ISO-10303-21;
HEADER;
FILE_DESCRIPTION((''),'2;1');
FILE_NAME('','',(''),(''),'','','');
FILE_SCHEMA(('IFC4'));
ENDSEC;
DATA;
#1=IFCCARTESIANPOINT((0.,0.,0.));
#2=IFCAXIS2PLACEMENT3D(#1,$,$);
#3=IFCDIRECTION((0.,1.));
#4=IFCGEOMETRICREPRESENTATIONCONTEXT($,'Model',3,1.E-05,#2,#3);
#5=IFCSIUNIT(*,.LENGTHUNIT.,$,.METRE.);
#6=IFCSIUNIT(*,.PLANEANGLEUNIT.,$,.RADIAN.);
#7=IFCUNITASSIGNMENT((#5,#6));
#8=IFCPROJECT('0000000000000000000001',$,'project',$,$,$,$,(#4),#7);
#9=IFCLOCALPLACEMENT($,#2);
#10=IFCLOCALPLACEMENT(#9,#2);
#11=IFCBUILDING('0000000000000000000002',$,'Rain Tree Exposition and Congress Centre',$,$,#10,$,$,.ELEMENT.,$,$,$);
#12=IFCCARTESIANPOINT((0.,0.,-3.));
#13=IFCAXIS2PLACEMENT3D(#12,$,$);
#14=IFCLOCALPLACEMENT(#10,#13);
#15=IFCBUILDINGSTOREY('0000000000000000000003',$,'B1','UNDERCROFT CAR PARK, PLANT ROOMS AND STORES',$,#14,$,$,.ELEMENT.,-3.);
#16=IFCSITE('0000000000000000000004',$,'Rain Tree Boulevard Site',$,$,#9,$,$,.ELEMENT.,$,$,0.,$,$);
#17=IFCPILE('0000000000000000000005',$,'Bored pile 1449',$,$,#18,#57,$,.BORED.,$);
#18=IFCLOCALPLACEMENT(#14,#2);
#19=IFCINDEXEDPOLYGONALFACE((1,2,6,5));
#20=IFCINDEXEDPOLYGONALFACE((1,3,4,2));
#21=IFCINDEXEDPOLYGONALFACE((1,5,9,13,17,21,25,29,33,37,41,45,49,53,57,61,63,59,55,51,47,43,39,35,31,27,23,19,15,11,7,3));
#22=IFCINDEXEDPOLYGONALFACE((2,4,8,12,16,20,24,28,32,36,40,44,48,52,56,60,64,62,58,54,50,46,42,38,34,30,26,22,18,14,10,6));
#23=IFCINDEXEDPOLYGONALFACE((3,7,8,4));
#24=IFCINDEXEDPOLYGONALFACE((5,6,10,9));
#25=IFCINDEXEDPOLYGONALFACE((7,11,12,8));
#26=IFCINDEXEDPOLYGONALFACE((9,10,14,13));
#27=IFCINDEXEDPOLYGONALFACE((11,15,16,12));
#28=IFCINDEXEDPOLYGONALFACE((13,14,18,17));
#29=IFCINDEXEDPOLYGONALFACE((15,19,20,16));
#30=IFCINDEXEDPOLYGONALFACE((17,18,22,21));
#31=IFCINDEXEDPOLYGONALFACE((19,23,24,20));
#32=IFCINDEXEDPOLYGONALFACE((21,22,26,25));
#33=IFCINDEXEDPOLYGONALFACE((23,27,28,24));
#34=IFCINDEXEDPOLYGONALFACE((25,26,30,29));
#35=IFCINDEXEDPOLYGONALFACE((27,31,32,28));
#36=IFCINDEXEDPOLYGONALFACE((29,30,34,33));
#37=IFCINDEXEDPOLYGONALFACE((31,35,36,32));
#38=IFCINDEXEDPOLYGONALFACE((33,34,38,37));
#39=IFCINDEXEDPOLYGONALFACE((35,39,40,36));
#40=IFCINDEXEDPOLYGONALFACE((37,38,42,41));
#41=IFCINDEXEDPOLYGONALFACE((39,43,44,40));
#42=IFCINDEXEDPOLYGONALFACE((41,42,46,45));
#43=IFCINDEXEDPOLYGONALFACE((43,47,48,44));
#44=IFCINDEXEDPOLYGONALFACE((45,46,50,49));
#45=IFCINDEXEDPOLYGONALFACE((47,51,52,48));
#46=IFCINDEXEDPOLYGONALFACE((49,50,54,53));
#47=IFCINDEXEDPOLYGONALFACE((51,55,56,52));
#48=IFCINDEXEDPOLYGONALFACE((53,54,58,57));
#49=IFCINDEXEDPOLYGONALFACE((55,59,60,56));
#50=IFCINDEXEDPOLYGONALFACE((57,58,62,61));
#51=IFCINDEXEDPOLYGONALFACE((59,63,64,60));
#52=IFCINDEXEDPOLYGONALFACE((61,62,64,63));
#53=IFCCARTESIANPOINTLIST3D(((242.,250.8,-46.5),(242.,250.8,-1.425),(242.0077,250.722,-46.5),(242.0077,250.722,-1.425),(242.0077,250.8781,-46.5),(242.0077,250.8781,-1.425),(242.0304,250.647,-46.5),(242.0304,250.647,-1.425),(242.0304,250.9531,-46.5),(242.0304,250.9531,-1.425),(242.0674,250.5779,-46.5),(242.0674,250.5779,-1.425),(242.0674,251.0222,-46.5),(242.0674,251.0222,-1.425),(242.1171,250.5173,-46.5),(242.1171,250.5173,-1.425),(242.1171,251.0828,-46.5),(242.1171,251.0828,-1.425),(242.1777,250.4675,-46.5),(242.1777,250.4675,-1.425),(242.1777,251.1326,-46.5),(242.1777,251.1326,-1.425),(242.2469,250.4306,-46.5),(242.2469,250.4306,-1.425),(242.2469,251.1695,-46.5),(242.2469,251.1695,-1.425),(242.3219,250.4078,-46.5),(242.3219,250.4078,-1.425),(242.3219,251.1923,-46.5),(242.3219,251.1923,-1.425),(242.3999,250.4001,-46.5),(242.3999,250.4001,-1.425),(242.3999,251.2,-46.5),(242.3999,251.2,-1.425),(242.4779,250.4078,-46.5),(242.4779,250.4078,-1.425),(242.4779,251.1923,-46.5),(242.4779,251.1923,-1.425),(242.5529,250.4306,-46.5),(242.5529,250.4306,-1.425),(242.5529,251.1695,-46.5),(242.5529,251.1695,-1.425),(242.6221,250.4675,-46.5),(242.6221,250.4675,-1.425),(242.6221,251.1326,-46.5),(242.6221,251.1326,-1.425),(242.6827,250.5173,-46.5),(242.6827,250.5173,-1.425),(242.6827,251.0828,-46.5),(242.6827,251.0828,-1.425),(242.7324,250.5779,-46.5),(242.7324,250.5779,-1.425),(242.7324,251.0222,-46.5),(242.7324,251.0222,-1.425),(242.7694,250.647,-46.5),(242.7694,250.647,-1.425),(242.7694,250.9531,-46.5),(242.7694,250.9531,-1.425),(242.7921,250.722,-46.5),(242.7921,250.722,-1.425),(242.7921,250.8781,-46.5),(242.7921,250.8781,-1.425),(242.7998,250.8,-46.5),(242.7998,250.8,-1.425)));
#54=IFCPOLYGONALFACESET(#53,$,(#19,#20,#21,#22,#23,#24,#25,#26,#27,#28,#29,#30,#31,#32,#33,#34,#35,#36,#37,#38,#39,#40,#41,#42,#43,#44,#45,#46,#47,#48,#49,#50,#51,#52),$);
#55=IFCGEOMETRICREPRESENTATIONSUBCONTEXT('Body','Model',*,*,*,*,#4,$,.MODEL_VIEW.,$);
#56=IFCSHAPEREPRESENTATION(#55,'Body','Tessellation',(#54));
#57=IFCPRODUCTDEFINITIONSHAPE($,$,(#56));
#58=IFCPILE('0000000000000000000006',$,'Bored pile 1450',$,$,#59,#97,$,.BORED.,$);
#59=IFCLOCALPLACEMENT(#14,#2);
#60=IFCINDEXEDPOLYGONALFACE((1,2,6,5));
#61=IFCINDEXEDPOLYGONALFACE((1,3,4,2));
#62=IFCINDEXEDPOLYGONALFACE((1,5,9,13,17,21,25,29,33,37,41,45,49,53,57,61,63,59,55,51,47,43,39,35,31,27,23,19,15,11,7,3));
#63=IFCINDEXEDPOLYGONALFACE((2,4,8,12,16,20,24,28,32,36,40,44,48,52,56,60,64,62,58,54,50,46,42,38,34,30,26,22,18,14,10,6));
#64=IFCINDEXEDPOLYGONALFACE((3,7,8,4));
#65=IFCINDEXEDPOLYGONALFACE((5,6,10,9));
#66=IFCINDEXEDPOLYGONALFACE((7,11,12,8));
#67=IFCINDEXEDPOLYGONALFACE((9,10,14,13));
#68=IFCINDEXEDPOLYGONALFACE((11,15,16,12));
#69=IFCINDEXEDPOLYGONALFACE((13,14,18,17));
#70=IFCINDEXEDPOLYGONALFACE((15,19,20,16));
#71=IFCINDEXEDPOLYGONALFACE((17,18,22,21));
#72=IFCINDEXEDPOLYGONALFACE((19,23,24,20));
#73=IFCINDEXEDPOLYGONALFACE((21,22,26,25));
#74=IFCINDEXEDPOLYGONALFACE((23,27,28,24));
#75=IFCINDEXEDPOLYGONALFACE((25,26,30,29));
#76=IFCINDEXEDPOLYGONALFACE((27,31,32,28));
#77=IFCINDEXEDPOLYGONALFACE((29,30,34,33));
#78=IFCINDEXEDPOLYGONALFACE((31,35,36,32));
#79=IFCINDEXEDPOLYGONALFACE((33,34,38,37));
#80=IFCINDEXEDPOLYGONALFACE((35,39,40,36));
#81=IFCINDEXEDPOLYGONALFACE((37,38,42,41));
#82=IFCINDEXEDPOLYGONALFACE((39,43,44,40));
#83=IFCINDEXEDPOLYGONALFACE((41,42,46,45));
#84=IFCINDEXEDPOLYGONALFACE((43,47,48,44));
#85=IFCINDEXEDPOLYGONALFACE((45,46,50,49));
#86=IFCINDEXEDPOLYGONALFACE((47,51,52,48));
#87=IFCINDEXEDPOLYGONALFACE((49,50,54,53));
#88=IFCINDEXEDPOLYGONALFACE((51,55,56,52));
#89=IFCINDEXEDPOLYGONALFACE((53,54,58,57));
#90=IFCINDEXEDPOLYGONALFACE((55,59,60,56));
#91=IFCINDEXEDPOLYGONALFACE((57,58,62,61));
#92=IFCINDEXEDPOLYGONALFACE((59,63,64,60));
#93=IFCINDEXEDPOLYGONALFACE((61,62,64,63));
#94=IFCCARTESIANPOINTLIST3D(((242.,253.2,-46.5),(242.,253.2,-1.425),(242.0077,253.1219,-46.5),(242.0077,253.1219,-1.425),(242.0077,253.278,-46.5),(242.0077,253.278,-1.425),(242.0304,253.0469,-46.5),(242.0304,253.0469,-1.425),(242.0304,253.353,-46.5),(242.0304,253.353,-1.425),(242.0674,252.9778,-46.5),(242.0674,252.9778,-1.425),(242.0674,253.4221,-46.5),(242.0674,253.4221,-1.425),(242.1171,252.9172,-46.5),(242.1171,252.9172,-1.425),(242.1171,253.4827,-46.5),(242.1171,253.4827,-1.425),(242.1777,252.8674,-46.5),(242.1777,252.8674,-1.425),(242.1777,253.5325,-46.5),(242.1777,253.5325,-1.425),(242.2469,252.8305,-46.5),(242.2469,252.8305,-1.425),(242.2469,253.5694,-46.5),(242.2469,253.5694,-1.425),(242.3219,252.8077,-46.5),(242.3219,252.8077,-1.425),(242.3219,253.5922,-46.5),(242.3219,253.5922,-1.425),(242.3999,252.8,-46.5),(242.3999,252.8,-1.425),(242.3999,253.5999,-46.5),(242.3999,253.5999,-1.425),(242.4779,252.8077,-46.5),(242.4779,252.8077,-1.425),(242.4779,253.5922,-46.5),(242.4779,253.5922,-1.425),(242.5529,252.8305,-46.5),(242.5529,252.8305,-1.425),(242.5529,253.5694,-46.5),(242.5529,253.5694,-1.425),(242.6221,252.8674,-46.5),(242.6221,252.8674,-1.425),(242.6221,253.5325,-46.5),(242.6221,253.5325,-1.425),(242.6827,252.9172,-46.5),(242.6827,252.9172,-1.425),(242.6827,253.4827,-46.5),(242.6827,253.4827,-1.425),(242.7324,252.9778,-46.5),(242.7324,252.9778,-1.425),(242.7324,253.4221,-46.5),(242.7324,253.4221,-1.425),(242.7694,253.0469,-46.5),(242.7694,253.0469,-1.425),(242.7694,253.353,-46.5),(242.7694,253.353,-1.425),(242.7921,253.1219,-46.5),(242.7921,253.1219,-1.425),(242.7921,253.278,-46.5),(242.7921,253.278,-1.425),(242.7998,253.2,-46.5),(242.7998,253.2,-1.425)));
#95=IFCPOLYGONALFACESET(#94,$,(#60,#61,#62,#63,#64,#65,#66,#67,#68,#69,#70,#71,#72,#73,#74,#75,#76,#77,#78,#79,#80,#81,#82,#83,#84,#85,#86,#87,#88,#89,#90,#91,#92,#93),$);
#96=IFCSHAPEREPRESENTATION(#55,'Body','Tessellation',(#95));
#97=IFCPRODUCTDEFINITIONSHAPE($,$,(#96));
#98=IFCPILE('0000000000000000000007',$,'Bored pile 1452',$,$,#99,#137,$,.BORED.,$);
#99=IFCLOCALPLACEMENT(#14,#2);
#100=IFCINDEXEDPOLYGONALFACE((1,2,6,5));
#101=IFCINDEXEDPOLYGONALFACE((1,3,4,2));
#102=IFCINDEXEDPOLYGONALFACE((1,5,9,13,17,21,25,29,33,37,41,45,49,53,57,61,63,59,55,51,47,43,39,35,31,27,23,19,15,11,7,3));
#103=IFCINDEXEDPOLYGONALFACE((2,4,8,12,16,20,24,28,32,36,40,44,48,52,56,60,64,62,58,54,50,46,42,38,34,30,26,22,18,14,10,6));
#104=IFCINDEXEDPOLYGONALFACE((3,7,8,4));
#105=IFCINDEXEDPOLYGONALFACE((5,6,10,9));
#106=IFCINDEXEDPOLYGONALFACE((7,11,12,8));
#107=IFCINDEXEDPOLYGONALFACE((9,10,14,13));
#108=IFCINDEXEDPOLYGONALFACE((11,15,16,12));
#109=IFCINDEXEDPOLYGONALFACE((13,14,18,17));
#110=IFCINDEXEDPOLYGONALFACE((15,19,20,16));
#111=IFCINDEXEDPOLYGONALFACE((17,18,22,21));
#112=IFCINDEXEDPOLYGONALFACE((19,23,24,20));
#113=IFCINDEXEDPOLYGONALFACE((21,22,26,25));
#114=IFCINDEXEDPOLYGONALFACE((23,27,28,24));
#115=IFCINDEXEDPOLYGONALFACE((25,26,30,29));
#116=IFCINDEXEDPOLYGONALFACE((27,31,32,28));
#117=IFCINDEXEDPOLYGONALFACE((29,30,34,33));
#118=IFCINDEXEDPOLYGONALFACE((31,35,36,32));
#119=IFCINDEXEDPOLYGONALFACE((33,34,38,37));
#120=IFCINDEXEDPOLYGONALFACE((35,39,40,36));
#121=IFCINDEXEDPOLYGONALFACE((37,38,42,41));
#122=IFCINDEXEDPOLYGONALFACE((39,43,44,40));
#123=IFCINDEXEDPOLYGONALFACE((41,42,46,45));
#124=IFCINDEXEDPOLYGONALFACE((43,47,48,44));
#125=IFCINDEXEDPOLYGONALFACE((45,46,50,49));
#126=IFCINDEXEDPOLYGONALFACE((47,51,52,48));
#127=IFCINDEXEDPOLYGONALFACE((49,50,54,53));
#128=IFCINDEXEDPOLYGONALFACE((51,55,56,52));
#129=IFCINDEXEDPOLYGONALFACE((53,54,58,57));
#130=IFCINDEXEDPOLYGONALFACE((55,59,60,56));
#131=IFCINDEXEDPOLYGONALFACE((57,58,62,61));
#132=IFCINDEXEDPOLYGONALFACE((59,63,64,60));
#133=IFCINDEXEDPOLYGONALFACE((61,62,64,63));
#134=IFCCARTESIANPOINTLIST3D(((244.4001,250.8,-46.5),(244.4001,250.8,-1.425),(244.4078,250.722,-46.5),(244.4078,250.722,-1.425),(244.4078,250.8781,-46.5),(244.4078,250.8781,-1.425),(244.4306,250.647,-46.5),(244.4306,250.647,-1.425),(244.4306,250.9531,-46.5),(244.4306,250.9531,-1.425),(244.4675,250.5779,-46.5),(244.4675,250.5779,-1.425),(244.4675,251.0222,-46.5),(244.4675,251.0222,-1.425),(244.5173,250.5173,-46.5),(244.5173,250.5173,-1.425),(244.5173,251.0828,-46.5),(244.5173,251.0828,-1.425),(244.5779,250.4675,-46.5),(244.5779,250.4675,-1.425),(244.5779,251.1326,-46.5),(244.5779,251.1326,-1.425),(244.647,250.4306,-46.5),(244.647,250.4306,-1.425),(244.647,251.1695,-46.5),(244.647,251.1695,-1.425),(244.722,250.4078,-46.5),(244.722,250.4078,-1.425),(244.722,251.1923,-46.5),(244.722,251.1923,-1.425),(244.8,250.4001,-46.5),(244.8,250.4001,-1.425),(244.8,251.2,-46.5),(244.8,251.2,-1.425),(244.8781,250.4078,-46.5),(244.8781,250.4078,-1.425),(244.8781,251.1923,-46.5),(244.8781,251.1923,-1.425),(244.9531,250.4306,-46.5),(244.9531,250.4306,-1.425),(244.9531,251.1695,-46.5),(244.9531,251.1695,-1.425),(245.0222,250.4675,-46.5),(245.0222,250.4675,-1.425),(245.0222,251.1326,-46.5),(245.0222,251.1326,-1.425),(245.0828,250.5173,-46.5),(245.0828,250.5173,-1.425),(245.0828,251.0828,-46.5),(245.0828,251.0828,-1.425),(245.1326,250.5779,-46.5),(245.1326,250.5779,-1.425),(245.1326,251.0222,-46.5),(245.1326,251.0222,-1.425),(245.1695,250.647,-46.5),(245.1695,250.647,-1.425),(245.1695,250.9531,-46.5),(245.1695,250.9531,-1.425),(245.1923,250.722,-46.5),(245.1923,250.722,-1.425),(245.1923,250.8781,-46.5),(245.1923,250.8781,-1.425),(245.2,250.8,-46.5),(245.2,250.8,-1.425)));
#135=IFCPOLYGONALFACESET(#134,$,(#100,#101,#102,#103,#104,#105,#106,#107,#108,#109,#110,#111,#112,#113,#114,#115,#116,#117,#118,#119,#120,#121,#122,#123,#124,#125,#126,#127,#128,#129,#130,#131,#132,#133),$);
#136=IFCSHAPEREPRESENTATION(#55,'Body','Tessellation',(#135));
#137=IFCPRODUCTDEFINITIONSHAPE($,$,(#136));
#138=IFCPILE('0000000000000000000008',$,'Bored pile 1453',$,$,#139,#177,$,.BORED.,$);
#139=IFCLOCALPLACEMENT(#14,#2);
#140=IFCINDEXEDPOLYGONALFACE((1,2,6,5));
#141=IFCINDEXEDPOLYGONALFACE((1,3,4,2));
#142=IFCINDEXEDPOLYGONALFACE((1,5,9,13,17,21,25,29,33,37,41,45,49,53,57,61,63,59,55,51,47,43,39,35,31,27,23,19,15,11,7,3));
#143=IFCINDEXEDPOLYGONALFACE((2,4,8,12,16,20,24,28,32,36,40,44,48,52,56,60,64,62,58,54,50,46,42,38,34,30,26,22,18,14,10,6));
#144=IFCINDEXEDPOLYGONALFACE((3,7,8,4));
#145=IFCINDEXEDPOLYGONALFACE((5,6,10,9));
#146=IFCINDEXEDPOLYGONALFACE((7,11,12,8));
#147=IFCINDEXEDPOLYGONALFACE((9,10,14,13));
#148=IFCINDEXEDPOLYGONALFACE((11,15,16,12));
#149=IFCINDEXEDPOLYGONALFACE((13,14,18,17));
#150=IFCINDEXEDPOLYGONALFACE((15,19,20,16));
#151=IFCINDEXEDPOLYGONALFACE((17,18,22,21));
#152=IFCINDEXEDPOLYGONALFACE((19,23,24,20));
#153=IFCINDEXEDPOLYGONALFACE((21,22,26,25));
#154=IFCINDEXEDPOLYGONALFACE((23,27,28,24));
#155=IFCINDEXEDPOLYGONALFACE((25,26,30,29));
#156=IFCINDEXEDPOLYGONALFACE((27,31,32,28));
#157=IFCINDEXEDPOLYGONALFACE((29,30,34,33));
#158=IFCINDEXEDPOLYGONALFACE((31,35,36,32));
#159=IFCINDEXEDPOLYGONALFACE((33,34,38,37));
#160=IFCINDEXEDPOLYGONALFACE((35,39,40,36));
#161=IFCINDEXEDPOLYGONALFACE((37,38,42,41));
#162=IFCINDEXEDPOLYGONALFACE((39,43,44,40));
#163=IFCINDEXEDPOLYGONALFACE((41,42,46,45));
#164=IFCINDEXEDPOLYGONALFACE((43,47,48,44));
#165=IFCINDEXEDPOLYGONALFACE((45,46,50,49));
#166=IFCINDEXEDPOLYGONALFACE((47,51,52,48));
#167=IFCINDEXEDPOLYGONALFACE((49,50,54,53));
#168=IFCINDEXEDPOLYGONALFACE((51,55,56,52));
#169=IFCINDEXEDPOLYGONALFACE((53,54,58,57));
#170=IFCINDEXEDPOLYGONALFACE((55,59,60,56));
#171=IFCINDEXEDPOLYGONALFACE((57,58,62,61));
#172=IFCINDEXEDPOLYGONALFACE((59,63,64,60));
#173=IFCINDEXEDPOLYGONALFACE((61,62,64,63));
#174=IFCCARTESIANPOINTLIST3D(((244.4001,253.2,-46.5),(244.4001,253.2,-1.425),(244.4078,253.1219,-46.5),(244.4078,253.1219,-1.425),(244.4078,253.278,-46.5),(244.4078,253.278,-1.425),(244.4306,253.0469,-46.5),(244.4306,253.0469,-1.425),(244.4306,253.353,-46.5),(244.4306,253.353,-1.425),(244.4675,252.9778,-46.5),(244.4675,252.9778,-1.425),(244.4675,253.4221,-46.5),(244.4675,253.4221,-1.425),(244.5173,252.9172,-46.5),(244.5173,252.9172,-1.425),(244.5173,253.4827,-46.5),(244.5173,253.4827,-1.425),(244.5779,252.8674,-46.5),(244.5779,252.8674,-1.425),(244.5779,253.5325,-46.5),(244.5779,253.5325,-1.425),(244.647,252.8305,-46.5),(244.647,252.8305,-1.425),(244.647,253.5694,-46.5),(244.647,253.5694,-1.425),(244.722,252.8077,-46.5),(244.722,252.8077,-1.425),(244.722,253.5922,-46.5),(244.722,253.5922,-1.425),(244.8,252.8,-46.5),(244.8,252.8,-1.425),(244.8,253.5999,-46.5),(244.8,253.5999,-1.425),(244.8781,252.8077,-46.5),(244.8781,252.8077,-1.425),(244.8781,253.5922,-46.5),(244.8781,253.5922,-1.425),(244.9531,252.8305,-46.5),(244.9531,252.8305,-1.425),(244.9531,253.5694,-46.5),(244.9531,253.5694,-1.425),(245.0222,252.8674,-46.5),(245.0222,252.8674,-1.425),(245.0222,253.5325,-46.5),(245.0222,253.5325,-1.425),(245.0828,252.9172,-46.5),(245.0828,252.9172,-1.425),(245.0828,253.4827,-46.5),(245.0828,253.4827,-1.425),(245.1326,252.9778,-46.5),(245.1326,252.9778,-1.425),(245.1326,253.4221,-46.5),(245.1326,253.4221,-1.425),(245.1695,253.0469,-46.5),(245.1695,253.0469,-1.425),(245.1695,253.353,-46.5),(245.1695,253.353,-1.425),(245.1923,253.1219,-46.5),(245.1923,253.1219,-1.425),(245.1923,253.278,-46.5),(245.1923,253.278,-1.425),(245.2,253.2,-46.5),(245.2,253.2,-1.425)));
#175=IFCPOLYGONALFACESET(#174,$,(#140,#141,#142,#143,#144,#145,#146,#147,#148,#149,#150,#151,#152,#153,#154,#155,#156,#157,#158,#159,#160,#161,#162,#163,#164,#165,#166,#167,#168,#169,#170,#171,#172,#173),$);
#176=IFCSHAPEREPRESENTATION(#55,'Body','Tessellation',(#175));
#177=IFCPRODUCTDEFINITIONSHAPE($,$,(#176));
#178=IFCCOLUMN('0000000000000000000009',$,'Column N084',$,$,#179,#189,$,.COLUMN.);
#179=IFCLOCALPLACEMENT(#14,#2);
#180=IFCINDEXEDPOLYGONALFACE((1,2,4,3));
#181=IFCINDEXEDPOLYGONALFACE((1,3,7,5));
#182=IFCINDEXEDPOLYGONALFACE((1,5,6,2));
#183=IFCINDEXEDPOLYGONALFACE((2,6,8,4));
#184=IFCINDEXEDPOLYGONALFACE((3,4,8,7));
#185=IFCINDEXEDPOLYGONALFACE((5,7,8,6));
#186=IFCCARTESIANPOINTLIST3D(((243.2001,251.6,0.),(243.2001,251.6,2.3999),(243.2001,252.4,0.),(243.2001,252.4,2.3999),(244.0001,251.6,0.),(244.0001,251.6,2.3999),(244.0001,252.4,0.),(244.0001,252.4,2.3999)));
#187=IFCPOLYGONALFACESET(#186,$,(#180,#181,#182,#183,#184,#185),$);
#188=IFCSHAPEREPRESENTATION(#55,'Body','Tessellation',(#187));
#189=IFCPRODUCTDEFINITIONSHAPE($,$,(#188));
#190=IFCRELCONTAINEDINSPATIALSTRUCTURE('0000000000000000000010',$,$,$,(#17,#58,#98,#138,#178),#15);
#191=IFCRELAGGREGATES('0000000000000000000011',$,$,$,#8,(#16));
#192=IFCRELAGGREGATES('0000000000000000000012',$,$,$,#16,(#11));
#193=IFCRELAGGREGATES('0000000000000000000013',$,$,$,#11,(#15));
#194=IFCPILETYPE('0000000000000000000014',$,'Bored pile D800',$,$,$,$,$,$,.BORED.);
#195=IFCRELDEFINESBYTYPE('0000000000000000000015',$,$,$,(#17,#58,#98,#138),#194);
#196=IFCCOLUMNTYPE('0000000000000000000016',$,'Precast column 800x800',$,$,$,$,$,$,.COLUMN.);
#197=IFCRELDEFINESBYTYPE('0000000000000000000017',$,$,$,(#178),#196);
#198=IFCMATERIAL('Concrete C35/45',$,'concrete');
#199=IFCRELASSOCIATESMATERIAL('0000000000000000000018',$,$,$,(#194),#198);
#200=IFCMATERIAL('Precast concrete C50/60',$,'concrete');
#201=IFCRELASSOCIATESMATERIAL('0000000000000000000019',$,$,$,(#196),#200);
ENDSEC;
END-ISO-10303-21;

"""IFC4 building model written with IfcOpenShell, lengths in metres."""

from ifc_helpers import new_model, si_unit, direction, frame, origin, origin_2d, place, context, subcontext, project, spatial, rectangle, circle, extrude, material, material_profile, profile_set, type_object, element, save


model = new_model("IFC4")

# Units and contexts
model_context = context("Model", 3, precision=1e-05, world=origin(), true_north=direction((0.0, 1.0)))
body_context = subcontext(model_context, "Body", "Model", "MODEL_VIEW")
ifc_project = project(units=[si_unit("LENGTHUNIT", "METRE"), si_unit("PLANEANGLEUNIT", "RADIAN")], contexts=[model_context])

# Site, building, storey
site_placement = place(None, origin())
site = spatial("IfcSite", under=ifc_project, at=site_placement, Name="Rain Tree Boulevard Site", CompositionType="ELEMENT", RefElevation=0.0)
building_placement = place(site_placement, origin())
building = spatial("IfcBuilding", under=site, at=building_placement, Name="Rain Tree Exposition and Congress Centre", CompositionType="ELEMENT")
storey_placement = place(building_placement, frame((0.0, 0.0, -3.0)))
storey = spatial("IfcBuildingStorey", under=building, at=storey_placement, Name="B1", Description="UNDERCROFT CAR PARK, PLANT ROOMS AND STORES", CompositionType="ELEMENT", Elevation=-3.0)

# Piles
ifc_material_1 = material(Name="Concrete C35/45", Category="concrete")
ifc_material_profile_1 = material_profile(ifc_material_1, circle(Radius=0.3999, at=origin_2d()), Name="D800")
ifc_profile_set_1 = profile_set([ifc_material_profile_1], Name="Concrete C35/45")
pile_type_1 = type_object("IfcPileType", Name="Bored pile D800", PredefinedType="BORED", material=ifc_profile_set_1)
for number, where, z_axis, x_axis, name in (
    (1, (242.3999, 250.8, -1.425), (0.0, 0.0, -1.0), (1.0, 0.0, 0.0), "Bored pile 1449"),
    (2, (242.3999, 253.2, -1.425), (0.0, 0.0, -1.0), (1.0, 0.0, 0.0), "Bored pile 1450"),
    (3, (244.8, 250.8, -1.425), (0.0, 0.0, -1.0), (1.0, 0.0, 0.0), "Bored pile 1452"),
    (4, (244.8, 253.2, -1.425), (0.0, 0.0, -1.0), (1.0, 0.0, 0.0), "Bored pile 1453"),
):
    element("IfcPile", number, at=place(storey_placement, frame(where, z_axis=z_axis, x_axis=x_axis)), inside=storey, type_object=pile_type_1, Name=name, PredefinedType="BORED", context=body_context, shape_type="SweptSolid", body=[
        extrude(circle(Radius=0.3999, at=origin_2d()), origin(), (0.0, 0.0, 1.0), 45.075),
    ])

# Column
ifc_material_2 = material(Name="Precast concrete C50/60", Category="concrete")
ifc_material_profile_2 = material_profile(ifc_material_2, rectangle(XDim=0.8, YDim=0.8, at=origin_2d()), Name="RC 800x800")
ifc_profile_set_2 = profile_set([ifc_material_profile_2], Name="Precast concrete C50/60")
column_type = type_object("IfcColumnType", Name="Precast column 800x800", PredefinedType="COLUMN", material=ifc_profile_set_2)
column_placement = place(storey_placement, frame((243.6001, 252.0, 0.0), z_axis=(0.0, 0.0, 1.0), x_axis=(1.0, 0.0, 0.0)))
element("IfcColumn", 5, at=column_placement, inside=storey, type_object=column_type, Name="Column N084", PredefinedType="COLUMN", context=body_context, shape_type="SweptSolid", body=[
    extrude(rectangle(XDim=0.8, YDim=0.8, at=origin_2d()), origin(), (0.0, 0.0, 1.0), 2.3999),
])

save(model, "model.ifc")
